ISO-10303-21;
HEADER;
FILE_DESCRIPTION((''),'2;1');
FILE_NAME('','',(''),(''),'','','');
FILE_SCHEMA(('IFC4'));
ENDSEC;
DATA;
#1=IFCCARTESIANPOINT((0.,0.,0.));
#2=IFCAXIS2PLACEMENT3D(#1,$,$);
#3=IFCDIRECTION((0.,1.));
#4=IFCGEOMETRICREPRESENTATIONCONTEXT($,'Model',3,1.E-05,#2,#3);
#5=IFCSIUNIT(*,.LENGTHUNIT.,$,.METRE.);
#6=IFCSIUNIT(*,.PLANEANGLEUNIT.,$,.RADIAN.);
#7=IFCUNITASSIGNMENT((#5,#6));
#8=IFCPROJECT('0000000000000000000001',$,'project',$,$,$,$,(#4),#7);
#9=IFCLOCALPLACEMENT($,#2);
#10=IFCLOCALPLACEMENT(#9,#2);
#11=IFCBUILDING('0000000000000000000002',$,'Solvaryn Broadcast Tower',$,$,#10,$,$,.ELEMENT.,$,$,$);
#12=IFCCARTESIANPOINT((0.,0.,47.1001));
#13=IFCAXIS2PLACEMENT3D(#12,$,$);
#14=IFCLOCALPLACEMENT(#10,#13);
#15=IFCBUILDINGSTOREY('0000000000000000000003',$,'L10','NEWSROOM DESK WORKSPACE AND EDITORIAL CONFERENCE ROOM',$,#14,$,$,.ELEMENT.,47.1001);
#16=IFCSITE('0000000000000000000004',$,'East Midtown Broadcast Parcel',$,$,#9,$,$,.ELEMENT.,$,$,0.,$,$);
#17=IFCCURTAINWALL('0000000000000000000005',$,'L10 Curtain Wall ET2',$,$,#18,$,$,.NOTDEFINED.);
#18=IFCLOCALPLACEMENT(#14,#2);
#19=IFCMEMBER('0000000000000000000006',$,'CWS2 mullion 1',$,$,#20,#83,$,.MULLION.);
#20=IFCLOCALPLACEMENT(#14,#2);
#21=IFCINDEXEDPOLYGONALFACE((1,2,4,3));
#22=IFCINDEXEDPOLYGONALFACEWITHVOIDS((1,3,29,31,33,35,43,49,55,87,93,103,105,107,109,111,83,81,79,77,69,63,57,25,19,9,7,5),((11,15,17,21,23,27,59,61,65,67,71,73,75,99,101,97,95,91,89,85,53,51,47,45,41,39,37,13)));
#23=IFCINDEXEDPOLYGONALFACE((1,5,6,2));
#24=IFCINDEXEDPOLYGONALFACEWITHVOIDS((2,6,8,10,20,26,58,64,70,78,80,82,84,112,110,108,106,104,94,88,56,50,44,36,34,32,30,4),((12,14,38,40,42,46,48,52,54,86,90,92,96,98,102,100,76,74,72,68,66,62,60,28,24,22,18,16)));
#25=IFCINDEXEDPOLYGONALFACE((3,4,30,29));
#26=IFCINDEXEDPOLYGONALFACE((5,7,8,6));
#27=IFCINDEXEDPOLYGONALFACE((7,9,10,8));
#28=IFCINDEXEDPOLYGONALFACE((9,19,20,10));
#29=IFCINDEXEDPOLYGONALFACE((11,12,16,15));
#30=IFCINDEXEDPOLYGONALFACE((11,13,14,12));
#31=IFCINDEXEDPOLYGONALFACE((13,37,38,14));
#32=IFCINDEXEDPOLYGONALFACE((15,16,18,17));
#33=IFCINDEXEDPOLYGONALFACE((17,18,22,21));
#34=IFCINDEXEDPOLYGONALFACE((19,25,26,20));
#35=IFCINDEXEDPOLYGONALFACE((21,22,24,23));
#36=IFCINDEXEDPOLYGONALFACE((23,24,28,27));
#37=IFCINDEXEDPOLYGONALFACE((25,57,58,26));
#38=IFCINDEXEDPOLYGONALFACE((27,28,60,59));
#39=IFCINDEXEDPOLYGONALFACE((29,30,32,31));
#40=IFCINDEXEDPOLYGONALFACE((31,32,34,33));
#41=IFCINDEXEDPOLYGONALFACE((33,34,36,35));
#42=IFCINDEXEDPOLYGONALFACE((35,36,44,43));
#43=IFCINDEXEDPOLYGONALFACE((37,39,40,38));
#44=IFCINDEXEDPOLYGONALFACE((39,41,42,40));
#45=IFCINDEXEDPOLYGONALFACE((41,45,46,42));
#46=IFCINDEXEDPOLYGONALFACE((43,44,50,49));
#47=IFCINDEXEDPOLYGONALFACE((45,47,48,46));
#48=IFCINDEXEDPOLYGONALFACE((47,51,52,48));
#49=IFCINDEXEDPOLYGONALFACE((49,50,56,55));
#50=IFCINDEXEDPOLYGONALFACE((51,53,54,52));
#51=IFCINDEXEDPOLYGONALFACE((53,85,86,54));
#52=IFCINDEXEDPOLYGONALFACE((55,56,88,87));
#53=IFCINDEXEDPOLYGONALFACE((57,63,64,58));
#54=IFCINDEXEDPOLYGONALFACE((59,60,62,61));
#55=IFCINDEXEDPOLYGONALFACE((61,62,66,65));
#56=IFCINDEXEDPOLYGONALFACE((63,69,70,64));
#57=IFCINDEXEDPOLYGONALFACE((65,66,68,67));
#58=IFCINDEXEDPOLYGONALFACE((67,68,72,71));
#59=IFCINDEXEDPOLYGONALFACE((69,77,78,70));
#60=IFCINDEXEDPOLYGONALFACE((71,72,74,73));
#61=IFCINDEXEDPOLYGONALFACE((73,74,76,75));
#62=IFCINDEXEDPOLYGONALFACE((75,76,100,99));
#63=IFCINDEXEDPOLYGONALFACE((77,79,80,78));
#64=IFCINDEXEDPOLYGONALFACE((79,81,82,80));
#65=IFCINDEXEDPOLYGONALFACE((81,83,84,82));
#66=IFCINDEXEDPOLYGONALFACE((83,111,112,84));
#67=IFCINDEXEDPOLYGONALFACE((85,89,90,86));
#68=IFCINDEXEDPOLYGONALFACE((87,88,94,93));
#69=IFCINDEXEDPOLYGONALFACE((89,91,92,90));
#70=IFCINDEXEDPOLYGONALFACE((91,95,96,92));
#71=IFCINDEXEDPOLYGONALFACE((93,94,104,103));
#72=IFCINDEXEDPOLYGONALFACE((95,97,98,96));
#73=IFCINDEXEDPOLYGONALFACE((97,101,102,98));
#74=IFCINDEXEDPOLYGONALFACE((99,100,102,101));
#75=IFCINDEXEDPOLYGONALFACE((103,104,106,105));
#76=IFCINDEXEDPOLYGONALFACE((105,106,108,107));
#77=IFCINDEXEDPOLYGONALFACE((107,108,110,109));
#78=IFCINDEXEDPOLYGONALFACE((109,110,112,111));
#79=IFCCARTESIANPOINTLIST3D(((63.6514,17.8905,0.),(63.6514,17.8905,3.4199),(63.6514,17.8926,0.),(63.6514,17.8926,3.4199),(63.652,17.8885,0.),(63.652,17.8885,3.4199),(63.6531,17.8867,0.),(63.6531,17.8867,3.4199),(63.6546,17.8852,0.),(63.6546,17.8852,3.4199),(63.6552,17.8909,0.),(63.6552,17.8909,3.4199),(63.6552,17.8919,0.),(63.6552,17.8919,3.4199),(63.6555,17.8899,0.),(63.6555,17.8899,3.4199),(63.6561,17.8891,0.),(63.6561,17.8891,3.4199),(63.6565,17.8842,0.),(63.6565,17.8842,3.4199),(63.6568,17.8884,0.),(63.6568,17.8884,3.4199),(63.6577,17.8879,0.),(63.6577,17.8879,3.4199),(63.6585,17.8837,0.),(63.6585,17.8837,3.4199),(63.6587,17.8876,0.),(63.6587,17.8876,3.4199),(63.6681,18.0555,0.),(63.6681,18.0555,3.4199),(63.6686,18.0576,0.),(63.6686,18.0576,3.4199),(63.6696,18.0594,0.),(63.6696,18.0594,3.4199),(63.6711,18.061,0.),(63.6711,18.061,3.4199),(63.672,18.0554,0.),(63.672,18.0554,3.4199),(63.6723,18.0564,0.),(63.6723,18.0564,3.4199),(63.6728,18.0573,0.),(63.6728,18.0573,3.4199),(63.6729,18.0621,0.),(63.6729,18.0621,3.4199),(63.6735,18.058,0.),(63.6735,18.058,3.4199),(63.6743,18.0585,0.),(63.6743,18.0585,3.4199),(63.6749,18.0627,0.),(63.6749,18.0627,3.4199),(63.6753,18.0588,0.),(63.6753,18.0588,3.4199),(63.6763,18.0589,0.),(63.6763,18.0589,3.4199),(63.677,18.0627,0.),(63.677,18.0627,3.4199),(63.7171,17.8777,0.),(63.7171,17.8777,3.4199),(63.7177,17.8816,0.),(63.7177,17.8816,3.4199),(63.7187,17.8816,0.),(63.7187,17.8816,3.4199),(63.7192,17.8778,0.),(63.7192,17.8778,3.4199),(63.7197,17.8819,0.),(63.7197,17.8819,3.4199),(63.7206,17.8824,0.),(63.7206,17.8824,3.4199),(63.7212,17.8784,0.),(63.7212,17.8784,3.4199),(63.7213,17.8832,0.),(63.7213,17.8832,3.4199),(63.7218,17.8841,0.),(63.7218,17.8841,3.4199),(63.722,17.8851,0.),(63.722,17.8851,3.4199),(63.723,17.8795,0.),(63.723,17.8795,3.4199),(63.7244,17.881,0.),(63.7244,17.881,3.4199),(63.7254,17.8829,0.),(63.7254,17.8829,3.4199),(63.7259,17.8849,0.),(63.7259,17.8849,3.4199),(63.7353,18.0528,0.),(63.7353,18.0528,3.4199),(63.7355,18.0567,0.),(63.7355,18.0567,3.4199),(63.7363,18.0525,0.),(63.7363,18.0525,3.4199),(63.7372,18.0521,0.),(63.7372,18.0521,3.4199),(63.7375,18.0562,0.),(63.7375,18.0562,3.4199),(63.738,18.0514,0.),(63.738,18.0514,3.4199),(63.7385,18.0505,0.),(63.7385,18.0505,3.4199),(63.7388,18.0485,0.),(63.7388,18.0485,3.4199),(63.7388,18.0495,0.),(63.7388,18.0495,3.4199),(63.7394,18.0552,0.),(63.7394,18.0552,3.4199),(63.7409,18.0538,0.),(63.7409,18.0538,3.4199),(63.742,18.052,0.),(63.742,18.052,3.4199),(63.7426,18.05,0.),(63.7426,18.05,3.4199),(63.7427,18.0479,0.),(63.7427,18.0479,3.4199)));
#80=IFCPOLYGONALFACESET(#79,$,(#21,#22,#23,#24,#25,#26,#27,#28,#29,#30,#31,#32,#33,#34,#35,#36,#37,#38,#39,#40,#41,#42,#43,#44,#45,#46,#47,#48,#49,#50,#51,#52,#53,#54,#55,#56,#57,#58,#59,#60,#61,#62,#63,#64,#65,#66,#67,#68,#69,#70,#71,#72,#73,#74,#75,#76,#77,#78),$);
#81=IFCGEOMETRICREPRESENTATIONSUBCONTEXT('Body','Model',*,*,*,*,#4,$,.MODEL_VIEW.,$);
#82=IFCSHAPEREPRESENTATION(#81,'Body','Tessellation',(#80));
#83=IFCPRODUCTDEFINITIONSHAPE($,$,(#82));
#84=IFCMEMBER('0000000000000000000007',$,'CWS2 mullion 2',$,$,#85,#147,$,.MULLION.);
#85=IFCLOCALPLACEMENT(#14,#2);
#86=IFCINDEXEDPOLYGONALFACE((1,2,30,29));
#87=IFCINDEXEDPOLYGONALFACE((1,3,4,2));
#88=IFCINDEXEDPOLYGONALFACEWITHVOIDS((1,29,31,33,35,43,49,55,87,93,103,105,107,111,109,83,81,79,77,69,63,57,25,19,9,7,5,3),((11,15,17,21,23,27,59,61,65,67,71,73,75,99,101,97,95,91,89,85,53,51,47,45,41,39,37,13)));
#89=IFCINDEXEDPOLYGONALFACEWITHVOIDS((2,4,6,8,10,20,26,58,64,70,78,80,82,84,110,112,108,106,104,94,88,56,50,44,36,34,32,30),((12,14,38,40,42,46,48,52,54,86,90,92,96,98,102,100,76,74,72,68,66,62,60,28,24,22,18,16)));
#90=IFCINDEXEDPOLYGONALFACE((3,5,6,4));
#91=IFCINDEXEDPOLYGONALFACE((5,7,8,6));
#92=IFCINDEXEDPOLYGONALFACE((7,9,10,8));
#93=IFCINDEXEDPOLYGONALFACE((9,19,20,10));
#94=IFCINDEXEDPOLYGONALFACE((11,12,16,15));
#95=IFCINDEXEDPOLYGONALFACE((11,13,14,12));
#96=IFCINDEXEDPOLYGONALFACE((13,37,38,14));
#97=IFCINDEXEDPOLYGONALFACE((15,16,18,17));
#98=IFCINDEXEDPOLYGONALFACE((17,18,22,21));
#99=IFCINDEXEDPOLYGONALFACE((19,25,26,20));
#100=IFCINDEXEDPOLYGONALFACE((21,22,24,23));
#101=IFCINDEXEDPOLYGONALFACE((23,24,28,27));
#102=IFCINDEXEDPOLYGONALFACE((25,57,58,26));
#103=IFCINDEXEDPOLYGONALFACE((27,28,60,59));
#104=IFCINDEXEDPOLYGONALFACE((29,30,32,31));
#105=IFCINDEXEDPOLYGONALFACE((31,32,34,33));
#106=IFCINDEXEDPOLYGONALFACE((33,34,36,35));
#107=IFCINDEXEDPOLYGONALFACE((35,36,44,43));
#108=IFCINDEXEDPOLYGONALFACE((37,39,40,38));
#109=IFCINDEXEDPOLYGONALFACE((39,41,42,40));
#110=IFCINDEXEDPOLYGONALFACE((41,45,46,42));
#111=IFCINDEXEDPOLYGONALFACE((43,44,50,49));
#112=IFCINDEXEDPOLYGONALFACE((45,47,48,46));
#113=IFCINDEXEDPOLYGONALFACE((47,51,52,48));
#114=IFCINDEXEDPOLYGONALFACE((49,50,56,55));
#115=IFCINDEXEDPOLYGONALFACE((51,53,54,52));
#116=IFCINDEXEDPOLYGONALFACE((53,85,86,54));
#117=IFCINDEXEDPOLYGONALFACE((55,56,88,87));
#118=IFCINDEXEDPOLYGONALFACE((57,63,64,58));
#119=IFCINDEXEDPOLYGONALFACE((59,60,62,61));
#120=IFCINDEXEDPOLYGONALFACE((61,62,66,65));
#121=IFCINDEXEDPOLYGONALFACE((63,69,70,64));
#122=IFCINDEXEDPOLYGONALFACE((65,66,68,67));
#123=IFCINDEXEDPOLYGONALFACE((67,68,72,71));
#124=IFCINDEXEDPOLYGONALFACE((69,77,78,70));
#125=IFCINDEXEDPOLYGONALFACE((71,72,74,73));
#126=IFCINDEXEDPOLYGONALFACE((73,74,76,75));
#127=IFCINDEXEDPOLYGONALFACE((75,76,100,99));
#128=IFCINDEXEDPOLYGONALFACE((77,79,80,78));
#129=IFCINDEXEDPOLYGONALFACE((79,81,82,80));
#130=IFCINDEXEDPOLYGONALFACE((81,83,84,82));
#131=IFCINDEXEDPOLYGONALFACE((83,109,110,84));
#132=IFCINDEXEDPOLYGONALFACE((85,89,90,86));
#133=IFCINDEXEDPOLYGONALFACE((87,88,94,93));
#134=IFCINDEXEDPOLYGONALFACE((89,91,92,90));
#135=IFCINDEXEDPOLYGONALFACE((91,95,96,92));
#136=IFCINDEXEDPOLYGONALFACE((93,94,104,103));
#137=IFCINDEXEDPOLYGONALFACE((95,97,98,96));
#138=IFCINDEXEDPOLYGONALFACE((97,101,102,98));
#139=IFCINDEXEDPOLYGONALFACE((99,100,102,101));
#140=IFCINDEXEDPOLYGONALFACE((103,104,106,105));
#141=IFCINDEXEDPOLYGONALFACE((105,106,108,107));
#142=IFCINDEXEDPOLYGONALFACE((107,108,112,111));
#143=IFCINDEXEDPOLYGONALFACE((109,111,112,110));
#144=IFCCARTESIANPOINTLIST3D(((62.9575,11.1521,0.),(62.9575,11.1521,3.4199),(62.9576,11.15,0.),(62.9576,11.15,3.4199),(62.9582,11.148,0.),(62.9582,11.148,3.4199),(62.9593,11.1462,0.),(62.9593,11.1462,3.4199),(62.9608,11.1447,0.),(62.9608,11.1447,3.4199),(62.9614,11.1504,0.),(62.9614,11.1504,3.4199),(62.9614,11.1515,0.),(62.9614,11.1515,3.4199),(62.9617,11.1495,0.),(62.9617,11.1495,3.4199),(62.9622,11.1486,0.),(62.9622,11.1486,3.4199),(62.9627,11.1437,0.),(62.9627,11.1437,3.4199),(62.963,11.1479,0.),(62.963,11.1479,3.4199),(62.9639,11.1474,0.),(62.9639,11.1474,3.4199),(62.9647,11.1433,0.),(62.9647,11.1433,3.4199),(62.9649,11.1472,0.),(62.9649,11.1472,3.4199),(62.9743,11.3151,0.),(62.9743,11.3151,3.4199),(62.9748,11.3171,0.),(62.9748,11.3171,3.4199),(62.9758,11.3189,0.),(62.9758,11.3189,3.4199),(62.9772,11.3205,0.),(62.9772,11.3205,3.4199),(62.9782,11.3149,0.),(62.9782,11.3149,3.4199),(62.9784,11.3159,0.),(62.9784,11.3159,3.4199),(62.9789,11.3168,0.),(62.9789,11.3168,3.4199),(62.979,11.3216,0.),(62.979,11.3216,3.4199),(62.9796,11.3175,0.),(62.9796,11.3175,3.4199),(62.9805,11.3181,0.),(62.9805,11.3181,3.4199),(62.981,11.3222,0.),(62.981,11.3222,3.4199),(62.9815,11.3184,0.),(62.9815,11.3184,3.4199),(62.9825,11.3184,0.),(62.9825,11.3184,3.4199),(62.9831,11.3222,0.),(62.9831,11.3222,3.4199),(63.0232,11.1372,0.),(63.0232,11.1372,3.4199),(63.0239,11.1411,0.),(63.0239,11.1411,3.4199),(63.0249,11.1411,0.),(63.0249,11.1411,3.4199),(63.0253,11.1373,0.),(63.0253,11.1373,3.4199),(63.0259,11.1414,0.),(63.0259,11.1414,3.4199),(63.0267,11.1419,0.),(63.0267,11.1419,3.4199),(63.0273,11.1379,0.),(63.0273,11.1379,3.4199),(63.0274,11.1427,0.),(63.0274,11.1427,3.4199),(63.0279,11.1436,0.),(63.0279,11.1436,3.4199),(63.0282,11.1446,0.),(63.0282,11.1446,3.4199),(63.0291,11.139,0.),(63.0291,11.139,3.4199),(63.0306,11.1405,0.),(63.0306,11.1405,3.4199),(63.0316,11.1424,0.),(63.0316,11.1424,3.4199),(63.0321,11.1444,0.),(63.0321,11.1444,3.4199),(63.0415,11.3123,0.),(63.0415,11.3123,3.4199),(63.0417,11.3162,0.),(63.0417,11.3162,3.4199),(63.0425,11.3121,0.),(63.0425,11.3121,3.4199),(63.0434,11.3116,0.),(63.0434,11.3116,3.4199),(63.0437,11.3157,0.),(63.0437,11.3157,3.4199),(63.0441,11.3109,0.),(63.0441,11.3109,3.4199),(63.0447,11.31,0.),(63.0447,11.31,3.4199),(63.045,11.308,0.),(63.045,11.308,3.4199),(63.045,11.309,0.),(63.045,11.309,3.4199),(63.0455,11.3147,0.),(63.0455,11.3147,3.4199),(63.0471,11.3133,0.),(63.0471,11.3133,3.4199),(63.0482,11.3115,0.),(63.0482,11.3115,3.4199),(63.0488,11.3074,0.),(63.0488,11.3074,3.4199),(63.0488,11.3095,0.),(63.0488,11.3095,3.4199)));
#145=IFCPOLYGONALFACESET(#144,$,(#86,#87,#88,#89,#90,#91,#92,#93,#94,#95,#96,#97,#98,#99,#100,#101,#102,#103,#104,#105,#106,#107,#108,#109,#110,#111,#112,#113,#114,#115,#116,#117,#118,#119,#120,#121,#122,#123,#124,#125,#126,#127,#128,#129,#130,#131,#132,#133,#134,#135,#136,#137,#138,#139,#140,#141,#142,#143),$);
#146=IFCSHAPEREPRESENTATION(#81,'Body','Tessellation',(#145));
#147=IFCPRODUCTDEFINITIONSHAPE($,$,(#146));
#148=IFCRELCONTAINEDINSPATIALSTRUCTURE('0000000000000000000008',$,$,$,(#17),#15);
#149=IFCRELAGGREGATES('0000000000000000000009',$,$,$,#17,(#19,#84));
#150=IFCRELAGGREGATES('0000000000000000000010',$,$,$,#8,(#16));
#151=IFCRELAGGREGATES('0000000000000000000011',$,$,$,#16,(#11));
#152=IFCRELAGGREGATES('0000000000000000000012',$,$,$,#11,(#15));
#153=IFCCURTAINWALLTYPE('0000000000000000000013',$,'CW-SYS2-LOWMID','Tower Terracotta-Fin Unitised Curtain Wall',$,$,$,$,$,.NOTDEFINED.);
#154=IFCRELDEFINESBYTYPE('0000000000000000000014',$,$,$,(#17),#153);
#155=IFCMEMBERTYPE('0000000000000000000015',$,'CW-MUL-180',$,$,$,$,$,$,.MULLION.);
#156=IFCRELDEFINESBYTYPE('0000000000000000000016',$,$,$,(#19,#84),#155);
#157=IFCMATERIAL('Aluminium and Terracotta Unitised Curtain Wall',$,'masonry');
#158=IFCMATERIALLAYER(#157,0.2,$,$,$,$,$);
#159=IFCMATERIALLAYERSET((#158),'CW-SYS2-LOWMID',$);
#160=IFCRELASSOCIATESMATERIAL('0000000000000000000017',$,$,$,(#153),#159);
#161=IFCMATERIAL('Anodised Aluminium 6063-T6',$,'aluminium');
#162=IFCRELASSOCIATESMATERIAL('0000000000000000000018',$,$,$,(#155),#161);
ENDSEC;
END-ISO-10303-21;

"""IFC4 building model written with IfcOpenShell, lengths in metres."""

from ifc_helpers import new_model, si_unit, direction, frame, origin, origin_2d, place, context, subcontext, project, spatial, hollow_rectangle, extrude, material, layer, layer_set, material_profile, profile_set, type_object, element, aggregate, save


model = new_model("IFC4")

# Units and contexts
model_context = context("Model", 3, precision=1e-05, world=origin(), true_north=direction((0.0, 1.0)))
body_context = subcontext(model_context, "Body", "Model", "MODEL_VIEW")
ifc_project = project(units=[si_unit("LENGTHUNIT", "METRE"), si_unit("PLANEANGLEUNIT", "RADIAN")], contexts=[model_context])

# Site, building, storey
site_placement = place(None, origin())
site = spatial("IfcSite", under=ifc_project, at=site_placement, Name="East Midtown Broadcast Parcel", CompositionType="ELEMENT", RefElevation=0.0)
building_placement = place(site_placement, origin())
building = spatial("IfcBuilding", under=site, at=building_placement, Name="Solvaryn Broadcast Tower", CompositionType="ELEMENT")
storey_placement = place(building_placement, frame((0.0, 0.0, 47.1001)))
storey = spatial("IfcBuildingStorey", under=building, at=storey_placement, Name="L10", Description="NEWSROOM DESK WORKSPACE AND EDITORIAL CONFERENCE ROOM", CompositionType="ELEMENT", Elevation=47.1001)

# Shared definitions
ifc_material_1 = material(Name="Aluminium and Terracotta Unitised Curtain Wall", Category="masonry")
ifc_layer_1 = layer(ifc_material_1, 0.2)
ifc_layer_set_1 = layer_set([ifc_layer_1], Name="CW-SYS2-LOWMID")
curtain_wall_type = type_object("IfcCurtainWallType", Name="CW-SYS2-LOWMID", Description="Tower Terracotta-Fin Unitised Curtain Wall", PredefinedType="NOTDEFINED", material=ifc_layer_set_1)
ifc_material_2 = material(Name="Anodised Aluminium 6063-T6", Category="aluminium")
ifc_material_profile_1 = material_profile(ifc_material_2, hollow_rectangle(XDim=0.075, YDim=0.1799, WallThickness=0.0039, InnerFilletRadius=0.0039, OuterFilletRadius=0.0081, at=origin_2d()))
ifc_profile_set_1 = profile_set([ifc_material_profile_1], Name="Anodised Aluminium 6063-T6")
member_type_1 = type_object("IfcMemberType", Name="CW-MUL-180", PredefinedType="MULLION", material=ifc_profile_set_1)

# Curtain wall, members
curtain_wall_1_placement = place(storey_placement, origin())
curtain_wall_1 = element("IfcCurtainWall", 1, at=curtain_wall_1_placement, inside=storey, type_object=curtain_wall_type, Name="L10 Curtain Wall ET2", PredefinedType="NOTDEFINED")
member_1_placement = place(storey_placement, frame((63.697, 17.9702, 0.0), z_axis=(0.0, 0.0, 1.0), x_axis=(0.994743, -0.1024, 0.0)))
member_1 = element("IfcMember", 2, at=member_1_placement, type_object=member_type_1, Name="CWS2 mullion 1", PredefinedType="MULLION", context=body_context, shape_type="SweptSolid", body=[
    extrude(hollow_rectangle(XDim=0.075, YDim=0.1799, WallThickness=0.0039, InnerFilletRadius=0.0039, OuterFilletRadius=0.0081, at=origin_2d()), origin(), (0.0, 0.0, 1.0), 3.4199),
])
member_2_placement = place(storey_placement, frame((63.0032, 11.2297, 0.0), z_axis=(0.0, 0.0, 1.0), x_axis=(0.994743, -0.1024, 0.0)))
member_2 = element("IfcMember", 3, at=member_2_placement, type_object=member_type_1, Name="CWS2 mullion 2", PredefinedType="MULLION", context=body_context, shape_type="SweptSolid", body=[
    extrude(hollow_rectangle(XDim=0.075, YDim=0.1799, WallThickness=0.0039, InnerFilletRadius=0.0039, OuterFilletRadius=0.0081, at=origin_2d()), origin(), (0.0, 0.0, 1.0), 3.4199),
])
aggregate(curtain_wall_1, [member_1, member_2])

save(model, "model.ifc")
